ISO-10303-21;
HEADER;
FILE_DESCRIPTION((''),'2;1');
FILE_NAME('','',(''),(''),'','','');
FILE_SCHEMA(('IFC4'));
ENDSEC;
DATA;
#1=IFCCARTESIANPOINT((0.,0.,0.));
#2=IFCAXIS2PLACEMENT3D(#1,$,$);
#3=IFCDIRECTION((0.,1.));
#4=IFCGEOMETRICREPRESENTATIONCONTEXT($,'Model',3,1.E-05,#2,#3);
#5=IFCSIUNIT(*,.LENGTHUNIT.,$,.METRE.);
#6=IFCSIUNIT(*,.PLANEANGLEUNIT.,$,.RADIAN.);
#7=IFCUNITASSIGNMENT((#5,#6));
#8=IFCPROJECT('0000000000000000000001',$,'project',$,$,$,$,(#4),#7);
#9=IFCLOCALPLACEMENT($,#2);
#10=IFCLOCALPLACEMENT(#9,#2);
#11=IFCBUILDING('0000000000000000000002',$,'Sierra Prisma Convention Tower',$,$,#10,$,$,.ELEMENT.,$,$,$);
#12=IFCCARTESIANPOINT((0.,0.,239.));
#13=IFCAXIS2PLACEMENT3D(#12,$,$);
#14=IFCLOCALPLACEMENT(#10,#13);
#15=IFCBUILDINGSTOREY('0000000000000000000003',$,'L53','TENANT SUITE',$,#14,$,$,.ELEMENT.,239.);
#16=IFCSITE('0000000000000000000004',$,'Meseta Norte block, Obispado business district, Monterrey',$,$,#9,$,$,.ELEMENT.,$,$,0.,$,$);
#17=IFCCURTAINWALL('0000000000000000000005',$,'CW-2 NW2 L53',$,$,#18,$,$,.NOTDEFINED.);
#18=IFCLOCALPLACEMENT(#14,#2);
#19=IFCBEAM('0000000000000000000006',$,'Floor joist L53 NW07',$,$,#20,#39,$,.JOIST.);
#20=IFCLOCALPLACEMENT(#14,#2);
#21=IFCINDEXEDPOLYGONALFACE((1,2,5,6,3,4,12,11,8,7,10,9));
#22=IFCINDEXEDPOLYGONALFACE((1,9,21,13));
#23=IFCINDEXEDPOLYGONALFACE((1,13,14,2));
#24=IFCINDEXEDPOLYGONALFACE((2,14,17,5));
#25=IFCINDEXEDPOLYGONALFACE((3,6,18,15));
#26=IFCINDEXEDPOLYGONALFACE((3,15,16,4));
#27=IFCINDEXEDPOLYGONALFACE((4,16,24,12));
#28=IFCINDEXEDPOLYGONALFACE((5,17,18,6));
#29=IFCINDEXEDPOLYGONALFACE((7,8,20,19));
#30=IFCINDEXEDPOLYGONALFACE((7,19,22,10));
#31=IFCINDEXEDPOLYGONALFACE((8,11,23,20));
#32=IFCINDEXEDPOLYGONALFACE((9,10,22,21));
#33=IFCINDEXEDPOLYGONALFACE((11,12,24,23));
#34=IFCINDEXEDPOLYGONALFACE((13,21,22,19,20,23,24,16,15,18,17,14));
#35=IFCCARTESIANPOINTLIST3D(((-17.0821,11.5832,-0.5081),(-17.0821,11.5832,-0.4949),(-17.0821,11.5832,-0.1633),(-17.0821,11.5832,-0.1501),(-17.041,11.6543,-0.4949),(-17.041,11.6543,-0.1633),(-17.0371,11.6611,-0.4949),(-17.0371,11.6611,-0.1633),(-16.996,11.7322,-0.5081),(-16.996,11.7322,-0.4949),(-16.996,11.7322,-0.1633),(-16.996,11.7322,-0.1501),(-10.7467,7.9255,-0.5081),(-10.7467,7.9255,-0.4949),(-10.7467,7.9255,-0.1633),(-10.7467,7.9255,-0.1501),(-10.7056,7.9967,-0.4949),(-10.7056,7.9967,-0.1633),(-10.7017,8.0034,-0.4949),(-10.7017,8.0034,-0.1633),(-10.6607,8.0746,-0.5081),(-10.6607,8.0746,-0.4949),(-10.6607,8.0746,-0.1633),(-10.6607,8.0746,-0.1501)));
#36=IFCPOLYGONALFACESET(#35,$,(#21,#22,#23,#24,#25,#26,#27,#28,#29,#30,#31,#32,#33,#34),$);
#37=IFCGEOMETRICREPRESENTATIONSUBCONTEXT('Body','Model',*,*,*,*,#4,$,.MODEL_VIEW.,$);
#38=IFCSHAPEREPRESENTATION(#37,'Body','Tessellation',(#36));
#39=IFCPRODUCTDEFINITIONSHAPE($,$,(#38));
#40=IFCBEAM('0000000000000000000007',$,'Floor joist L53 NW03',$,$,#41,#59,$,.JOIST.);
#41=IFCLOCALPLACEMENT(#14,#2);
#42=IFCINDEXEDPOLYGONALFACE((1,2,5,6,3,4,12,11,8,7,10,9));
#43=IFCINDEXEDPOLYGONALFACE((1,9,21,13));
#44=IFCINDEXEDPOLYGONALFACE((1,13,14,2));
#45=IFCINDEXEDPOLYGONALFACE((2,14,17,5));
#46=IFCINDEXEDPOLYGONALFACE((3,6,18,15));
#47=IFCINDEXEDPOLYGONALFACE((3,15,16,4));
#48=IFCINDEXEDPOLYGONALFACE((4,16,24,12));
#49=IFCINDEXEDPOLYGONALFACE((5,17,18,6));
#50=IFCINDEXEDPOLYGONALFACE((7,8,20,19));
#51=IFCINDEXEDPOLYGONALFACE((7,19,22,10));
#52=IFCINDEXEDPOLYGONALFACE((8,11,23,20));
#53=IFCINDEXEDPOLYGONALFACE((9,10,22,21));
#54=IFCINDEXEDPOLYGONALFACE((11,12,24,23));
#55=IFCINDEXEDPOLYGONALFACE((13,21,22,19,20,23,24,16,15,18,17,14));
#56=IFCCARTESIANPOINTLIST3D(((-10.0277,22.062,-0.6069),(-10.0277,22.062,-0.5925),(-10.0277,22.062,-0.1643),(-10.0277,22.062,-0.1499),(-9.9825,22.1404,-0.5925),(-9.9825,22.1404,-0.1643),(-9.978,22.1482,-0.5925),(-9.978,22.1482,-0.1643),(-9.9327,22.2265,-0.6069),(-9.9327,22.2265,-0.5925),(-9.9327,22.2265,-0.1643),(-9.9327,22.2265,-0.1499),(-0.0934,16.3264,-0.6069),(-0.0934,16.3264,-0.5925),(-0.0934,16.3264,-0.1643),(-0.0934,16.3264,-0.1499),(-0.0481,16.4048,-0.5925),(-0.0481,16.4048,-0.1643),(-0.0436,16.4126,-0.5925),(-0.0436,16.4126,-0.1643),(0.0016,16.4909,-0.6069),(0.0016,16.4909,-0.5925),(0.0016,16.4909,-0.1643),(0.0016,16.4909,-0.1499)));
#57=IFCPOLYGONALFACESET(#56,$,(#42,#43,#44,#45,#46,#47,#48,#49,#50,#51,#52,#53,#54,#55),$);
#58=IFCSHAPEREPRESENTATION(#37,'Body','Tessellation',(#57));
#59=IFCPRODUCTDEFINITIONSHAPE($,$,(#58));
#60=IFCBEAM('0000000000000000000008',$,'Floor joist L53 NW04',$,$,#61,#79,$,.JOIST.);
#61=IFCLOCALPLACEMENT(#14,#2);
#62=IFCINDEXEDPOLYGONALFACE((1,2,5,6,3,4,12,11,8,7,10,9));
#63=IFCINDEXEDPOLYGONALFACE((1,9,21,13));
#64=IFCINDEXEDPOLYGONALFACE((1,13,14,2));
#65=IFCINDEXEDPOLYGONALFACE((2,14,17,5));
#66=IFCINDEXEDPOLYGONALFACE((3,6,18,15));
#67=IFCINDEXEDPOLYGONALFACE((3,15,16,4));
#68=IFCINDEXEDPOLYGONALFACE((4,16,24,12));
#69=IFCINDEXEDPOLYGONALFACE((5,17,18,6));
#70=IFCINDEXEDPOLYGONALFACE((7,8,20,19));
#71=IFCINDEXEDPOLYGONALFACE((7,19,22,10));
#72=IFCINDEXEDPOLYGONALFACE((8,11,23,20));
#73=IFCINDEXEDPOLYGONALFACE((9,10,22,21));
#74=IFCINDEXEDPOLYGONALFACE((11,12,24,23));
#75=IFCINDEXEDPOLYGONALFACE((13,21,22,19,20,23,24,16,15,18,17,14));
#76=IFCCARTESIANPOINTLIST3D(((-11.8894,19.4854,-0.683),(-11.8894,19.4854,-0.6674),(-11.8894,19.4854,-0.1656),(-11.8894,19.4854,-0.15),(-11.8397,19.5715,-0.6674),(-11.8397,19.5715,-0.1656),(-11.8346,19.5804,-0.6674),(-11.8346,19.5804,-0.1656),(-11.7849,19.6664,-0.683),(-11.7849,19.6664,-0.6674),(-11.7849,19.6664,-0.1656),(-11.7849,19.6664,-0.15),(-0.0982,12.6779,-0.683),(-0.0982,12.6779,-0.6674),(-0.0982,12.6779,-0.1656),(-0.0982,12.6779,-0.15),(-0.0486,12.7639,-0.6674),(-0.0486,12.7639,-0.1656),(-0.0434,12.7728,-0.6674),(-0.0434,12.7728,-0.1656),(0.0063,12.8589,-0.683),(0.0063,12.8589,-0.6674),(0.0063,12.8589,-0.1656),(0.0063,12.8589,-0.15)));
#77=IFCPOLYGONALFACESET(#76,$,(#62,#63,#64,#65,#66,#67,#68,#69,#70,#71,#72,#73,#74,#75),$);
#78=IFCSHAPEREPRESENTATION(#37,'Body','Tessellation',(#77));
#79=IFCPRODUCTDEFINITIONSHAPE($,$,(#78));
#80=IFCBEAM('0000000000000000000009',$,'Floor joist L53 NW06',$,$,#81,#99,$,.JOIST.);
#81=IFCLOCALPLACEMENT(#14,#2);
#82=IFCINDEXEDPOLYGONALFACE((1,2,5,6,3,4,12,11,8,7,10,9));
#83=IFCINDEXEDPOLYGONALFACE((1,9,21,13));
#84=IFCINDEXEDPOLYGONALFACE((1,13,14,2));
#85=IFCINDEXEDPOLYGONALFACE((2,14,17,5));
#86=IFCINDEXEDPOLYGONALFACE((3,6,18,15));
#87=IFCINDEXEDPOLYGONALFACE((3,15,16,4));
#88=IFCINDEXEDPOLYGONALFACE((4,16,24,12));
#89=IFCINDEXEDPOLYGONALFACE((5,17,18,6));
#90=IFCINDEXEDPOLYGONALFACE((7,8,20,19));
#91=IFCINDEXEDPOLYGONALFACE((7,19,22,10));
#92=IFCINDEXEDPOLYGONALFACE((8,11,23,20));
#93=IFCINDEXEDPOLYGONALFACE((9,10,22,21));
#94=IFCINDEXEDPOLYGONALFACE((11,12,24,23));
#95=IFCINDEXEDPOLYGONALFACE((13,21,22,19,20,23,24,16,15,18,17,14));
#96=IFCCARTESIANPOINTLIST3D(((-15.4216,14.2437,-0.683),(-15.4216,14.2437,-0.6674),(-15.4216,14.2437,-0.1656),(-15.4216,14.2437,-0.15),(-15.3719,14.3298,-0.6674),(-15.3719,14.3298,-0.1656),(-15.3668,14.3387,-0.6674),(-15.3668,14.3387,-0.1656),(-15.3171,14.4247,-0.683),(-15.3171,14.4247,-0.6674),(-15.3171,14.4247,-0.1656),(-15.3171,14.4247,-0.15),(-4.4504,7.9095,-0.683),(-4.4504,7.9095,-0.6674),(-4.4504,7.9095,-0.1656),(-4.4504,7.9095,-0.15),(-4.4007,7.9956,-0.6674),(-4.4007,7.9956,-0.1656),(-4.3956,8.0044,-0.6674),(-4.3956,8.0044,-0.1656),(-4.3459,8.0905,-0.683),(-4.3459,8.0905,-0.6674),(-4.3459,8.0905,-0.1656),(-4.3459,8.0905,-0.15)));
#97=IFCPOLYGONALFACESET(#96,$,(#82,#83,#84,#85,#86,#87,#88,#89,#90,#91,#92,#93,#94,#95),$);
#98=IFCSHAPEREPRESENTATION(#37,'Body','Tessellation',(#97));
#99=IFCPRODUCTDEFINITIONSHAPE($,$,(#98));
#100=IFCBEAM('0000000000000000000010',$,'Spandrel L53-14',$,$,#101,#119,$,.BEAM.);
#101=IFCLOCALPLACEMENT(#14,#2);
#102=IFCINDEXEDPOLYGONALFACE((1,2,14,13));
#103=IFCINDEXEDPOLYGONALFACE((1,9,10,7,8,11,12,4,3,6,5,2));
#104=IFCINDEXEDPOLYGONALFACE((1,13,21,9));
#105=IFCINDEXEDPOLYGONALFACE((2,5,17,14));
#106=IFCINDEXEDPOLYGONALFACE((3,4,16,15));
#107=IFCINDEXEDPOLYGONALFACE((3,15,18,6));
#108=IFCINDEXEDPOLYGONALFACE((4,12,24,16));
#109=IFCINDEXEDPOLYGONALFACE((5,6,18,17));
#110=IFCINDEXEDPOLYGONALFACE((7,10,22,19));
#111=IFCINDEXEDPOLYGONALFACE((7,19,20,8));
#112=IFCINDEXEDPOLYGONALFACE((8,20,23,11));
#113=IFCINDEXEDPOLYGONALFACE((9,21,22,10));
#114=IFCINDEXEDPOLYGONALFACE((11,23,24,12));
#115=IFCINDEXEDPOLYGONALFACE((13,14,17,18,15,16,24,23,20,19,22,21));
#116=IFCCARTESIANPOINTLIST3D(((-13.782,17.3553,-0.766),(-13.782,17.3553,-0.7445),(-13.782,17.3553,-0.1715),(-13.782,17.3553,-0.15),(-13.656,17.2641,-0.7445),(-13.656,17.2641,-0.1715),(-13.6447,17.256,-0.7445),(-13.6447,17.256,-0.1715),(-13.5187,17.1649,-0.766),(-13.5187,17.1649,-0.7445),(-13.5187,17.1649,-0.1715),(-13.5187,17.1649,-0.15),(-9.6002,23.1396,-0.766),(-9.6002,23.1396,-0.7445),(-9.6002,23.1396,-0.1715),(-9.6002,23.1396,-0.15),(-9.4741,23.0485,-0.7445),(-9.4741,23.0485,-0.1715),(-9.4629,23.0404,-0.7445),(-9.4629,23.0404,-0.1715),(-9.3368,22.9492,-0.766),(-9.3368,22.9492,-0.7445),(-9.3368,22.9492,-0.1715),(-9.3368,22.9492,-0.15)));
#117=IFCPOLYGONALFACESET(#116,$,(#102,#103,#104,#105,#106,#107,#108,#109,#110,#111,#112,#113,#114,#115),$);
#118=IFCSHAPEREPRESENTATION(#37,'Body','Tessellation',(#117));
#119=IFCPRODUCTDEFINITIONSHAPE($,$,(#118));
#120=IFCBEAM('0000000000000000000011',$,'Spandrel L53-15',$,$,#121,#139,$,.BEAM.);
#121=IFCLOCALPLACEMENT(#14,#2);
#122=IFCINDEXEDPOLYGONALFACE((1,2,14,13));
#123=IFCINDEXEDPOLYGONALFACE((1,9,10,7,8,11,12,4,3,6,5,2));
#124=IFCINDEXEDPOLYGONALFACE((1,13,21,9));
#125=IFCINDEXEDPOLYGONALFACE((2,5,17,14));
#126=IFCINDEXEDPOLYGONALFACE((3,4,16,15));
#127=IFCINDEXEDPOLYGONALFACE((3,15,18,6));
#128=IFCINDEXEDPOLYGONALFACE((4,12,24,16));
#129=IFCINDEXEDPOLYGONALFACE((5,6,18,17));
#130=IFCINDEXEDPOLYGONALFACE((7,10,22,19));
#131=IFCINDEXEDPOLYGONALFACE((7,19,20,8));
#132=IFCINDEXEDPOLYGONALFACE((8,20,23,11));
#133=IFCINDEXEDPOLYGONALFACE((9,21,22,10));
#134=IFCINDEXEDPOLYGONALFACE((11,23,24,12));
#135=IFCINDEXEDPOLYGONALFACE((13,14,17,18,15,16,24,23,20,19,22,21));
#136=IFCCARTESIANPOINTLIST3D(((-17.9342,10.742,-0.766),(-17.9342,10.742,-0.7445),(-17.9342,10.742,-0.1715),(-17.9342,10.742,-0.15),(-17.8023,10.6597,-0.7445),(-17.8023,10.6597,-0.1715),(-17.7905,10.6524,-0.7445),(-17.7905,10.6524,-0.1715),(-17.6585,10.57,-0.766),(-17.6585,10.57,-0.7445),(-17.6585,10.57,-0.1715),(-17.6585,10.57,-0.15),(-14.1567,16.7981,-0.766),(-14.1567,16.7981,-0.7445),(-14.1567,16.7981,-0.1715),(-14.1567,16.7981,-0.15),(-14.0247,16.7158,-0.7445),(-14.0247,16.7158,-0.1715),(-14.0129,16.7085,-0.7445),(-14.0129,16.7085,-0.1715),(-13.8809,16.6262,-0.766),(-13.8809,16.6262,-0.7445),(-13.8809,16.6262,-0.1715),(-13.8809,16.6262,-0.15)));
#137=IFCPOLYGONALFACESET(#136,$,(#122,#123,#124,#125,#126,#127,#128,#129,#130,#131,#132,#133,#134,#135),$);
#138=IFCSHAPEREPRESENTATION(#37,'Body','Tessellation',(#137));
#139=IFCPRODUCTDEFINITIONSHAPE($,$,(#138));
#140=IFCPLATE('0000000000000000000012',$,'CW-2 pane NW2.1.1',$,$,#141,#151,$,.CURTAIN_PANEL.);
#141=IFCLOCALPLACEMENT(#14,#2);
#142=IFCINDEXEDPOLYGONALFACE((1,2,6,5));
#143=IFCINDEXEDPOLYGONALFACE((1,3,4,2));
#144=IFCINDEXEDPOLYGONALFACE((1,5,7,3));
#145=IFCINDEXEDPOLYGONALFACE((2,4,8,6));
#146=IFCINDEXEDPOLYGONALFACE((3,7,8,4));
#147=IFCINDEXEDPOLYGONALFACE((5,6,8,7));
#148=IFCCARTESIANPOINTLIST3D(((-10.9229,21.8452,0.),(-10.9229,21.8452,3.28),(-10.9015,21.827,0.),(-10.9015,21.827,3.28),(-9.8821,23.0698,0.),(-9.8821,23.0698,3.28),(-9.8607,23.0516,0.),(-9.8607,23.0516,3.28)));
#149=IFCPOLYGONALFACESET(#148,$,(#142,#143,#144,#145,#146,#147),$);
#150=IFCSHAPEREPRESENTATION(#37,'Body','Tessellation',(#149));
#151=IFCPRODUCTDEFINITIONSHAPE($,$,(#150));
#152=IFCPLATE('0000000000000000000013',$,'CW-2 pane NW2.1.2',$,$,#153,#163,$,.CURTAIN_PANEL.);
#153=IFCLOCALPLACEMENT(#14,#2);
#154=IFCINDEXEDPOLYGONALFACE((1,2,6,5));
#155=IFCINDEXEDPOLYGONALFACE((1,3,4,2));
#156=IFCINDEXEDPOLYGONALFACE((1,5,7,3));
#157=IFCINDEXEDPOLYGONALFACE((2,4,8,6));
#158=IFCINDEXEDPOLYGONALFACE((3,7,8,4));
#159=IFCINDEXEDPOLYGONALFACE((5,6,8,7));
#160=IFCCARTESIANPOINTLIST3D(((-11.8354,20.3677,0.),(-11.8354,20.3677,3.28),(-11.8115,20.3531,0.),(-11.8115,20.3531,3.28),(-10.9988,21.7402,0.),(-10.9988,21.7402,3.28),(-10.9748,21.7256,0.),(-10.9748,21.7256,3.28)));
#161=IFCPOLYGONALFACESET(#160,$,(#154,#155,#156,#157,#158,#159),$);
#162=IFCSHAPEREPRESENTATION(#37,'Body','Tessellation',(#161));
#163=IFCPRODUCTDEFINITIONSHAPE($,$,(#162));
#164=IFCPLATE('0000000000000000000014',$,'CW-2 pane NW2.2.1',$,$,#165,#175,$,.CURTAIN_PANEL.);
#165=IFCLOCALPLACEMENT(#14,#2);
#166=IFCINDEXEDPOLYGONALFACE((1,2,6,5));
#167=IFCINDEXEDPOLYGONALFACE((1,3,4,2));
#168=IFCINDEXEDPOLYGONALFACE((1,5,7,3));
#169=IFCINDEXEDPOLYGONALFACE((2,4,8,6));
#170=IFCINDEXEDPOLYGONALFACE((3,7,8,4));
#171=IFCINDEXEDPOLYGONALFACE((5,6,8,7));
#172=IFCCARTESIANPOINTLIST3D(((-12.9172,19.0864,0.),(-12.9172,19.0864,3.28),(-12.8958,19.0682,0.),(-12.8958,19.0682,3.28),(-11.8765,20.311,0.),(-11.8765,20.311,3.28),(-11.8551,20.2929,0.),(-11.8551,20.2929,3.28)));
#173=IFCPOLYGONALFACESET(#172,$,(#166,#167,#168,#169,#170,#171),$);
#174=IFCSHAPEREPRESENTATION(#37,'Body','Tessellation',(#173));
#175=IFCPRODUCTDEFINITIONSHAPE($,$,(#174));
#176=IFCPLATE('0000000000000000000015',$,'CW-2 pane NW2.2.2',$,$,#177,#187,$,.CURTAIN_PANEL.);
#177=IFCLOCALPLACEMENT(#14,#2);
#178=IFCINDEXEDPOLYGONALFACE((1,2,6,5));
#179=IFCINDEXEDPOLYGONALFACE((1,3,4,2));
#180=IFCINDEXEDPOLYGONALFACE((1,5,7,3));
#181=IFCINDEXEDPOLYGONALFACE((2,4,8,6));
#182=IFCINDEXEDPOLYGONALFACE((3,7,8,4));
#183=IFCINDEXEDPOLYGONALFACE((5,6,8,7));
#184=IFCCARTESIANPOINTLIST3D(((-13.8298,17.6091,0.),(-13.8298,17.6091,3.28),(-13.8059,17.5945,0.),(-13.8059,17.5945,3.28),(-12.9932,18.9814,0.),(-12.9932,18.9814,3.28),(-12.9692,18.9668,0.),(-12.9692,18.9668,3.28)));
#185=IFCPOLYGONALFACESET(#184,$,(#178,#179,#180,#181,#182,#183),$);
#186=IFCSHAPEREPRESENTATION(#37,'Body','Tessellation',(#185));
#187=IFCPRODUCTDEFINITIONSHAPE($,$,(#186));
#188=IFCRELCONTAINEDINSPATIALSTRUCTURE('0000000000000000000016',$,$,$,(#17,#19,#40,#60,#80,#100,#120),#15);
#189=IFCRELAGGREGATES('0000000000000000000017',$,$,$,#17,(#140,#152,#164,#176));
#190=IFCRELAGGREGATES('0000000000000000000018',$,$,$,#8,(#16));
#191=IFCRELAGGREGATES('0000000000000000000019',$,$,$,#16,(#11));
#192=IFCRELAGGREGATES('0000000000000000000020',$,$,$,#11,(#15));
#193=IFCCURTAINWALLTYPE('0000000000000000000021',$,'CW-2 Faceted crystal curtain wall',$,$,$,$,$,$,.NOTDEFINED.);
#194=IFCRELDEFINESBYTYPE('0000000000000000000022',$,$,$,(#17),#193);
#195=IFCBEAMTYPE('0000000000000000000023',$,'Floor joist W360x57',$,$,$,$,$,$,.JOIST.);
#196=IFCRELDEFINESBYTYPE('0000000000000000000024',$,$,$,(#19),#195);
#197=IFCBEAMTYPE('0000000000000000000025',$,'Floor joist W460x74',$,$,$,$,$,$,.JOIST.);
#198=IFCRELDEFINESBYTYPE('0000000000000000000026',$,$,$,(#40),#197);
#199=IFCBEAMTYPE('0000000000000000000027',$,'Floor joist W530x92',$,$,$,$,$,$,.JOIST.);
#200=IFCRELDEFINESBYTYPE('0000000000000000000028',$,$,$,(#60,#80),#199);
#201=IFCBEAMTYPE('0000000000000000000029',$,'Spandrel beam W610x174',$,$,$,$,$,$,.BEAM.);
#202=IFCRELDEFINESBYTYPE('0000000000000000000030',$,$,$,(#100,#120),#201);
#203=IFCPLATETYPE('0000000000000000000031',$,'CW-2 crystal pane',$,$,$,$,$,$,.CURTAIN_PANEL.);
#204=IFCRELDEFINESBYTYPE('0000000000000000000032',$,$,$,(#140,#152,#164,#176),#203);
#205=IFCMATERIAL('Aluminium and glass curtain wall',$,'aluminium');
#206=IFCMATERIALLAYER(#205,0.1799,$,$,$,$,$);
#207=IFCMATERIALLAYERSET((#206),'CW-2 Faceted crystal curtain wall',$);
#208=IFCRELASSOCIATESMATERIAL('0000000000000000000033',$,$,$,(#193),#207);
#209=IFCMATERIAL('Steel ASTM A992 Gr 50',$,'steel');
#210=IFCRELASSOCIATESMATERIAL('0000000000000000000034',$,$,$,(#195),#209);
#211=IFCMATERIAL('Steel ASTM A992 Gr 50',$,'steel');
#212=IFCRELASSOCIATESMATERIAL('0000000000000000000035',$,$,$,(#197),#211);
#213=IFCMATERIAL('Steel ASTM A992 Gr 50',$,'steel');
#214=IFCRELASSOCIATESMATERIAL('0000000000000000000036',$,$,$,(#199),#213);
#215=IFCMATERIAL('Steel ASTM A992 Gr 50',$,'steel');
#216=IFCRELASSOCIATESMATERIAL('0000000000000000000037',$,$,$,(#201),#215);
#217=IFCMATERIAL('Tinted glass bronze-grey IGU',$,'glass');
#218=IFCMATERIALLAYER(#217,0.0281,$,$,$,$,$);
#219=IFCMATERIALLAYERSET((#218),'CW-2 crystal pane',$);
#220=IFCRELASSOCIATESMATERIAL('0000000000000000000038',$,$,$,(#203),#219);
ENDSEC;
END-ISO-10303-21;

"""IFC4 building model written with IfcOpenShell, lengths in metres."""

from ifc_helpers import new_model, si_unit, direction, frame, origin, origin_2d, place, context, subcontext, project, spatial, polyline, i_section, outline, extrude, material, layer, layer_set, material_profile, profile_set, type_object, element, aggregate, save


model = new_model("IFC4")

# Units and contexts
model_context = context("Model", 3, precision=1e-05, world=origin(), true_north=direction((0.0, 1.0)))
body_context = subcontext(model_context, "Body", "Model", "MODEL_VIEW")
ifc_project = project(units=[si_unit("LENGTHUNIT", "METRE"), si_unit("PLANEANGLEUNIT", "RADIAN")], contexts=[model_context])

# Site, building, storey
site_placement = place(None, origin())
site = spatial("IfcSite", under=ifc_project, at=site_placement, Name="Meseta Norte block, Obispado business district, Monterrey", CompositionType="ELEMENT", RefElevation=0.0)
building_placement = place(site_placement, origin())
building = spatial("IfcBuilding", under=site, at=building_placement, Name="Sierra Prisma Convention Tower", CompositionType="ELEMENT")
storey_placement = place(building_placement, frame((0.0, 0.0, 239.0)))
storey = spatial("IfcBuildingStorey", under=building, at=storey_placement, Name="L53", Description="TENANT SUITE", CompositionType="ELEMENT", Elevation=239.0)

# Curtain wall
ifc_material_1 = material(Name="Aluminium and glass curtain wall", Category="aluminium")
ifc_layer_1 = layer(ifc_material_1, 0.1799)
ifc_layer_set_1 = layer_set([ifc_layer_1], Name="CW-2 Faceted crystal curtain wall")
curtain_wall_type = type_object("IfcCurtainWallType", Name="CW-2 Faceted crystal curtain wall", PredefinedType="NOTDEFINED", material=ifc_layer_set_1)
curtain_wall_1_placement = place(storey_placement, origin())
curtain_wall_1 = element("IfcCurtainWall", 1, at=curtain_wall_1_placement, inside=storey, type_object=curtain_wall_type, Name="CW-2 NW2 L53", PredefinedType="NOTDEFINED")

# Beams
ifc_material_2 = material(Name="Steel ASTM A992 Gr 50", Category="steel")
ifc_material_profile_1 = material_profile(ifc_material_2, i_section(OverallWidth=0.1721, OverallDepth=0.3579, WebThickness=0.0078, FlangeThickness=0.0132, at=origin_2d()), Name="W360x57")
ifc_profile_set_1 = profile_set([ifc_material_profile_1], Name="Steel ASTM A992 Gr 50")
beam_type_1 = type_object("IfcBeamType", Name="Floor joist W360x57", PredefinedType="JOIST", material=ifc_profile_set_1)
beam_1_placement = place(storey_placement, frame((-17.0391, 11.6577, -0.3291), z_axis=(0.866029, -0.499994, 0.0), x_axis=(0.499994, 0.866029, 0.0)))
element("IfcBeam", 2, at=beam_1_placement, inside=storey, type_object=beam_type_1, Name="Floor joist L53 NW07", PredefinedType="JOIST", context=body_context, shape_type="SweptSolid", body=[
    extrude(i_section(OverallWidth=0.1721, OverallDepth=0.3579, WebThickness=0.0078, FlangeThickness=0.0132, at=origin_2d()), origin(), (0.0, 0.0, 1.0), 7.3154),
])
ifc_material_3 = material(Name="Steel ASTM A992 Gr 50", Category="steel")
ifc_material_profile_2 = material_profile(ifc_material_3, i_section(OverallWidth=0.1899, OverallDepth=0.457, WebThickness=0.009, FlangeThickness=0.0144, at=origin_2d()), Name="W460x74")
ifc_profile_set_2 = profile_set([ifc_material_profile_2], Name="Steel ASTM A992 Gr 50")
beam_type_2 = type_object("IfcBeamType", Name="Floor joist W460x74", PredefinedType="JOIST", material=ifc_profile_set_2)
beam_2_placement = place(storey_placement, frame((-9.9802, 22.1443, -0.3784), z_axis=(0.866025, -0.500001, 0.0), x_axis=(0.500001, 0.866025, 0.0)))
element("IfcBeam", 3, at=beam_2_placement, inside=storey, type_object=beam_type_2, Name="Floor joist L53 NW03", PredefinedType="JOIST", context=body_context, shape_type="SweptSolid", body=[
    extrude(i_section(OverallWidth=0.1899, OverallDepth=0.457, WebThickness=0.009, FlangeThickness=0.0144, at=origin_2d()), origin(), (0.0, 0.0, 1.0), 11.4712),
])
ifc_material_4 = material(Name="Steel ASTM A992 Gr 50", Category="steel")
ifc_material_profile_3 = material_profile(ifc_material_4, i_section(OverallWidth=0.209, OverallDepth=0.533, WebThickness=0.0103, FlangeThickness=0.0156, at=origin_2d()), Name="W530x92")
ifc_profile_set_3 = profile_set([ifc_material_profile_3], Name="Steel ASTM A992 Gr 50")
beam_type_3 = type_object("IfcBeamType", Name="Floor joist W530x92", PredefinedType="JOIST", material=ifc_profile_set_3)
beam_3_placement = place(storey_placement, frame((-11.8372, 19.5759, -0.4165), z_axis=(0.866028, -0.499996, 0.0), x_axis=(0.499996, 0.866028, 0.0)))
element("IfcBeam", 4, at=beam_3_placement, inside=storey, type_object=beam_type_3, Name="Floor joist L53 NW04", PredefinedType="JOIST", context=body_context, shape_type="SweptSolid", body=[
    extrude(i_section(OverallWidth=0.209, OverallDepth=0.533, WebThickness=0.0103, FlangeThickness=0.0156, at=origin_2d()), origin(), (0.0, 0.0, 1.0), 13.6152),
])
beam_4_placement = place(storey_placement, frame((-15.3694, 14.3342, -0.4165), z_axis=(0.866025, -0.5, 0.0), x_axis=(0.5, 0.866025, 0.0)))
element("IfcBeam", 5, at=beam_4_placement, inside=storey, type_object=beam_type_3, Name="Floor joist L53 NW06", PredefinedType="JOIST", context=body_context, shape_type="SweptSolid", body=[
    extrude(i_section(OverallWidth=0.209, OverallDepth=0.533, WebThickness=0.0103, FlangeThickness=0.0156, at=origin_2d()), origin(), (0.0, 0.0, 1.0), 12.6685),
])
ifc_material_5 = material(Name="Steel ASTM A992 Gr 50", Category="steel")
ifc_material_profile_4 = material_profile(ifc_material_5, i_section(OverallWidth=0.325, OverallDepth=0.616, WebThickness=0.0139, FlangeThickness=0.0215, at=origin_2d()), Name="W610x174")
ifc_profile_set_4 = profile_set([ifc_material_profile_4], Name="Steel ASTM A992 Gr 50")
beam_type_4 = type_object("IfcBeamType", Name="Spandrel beam W610x174", PredefinedType="BEAM", material=ifc_profile_set_4)
for number, where, z_axis, x_axis, name in (
    (6, (-9.4685, 23.0444, -0.458), (-0.585881, -0.810397, 0.0), (0.810397, -0.585881, 0.0), "Spandrel L53-14"),
    (7, (-14.0188, 16.7122, -0.458), (-0.529242, -0.848471, 0.0), (0.848471, -0.529242, 0.0), "Spandrel L53-15"),
):
    element("IfcBeam", number, at=place(storey_placement, frame(where, z_axis=z_axis, x_axis=x_axis)), inside=storey, type_object=beam_type_4, Name=name, PredefinedType="BEAM", context=body_context, shape_type="SweptSolid", body=[
        extrude(i_section(OverallWidth=0.325, OverallDepth=0.616, WebThickness=0.0139, FlangeThickness=0.0215, at=origin_2d()), origin(), (0.0, 0.0, 1.0), 7.1377),
    ])

# Plates
ifc_material_6 = material(Name="Tinted glass bronze-grey IGU", Category="glass")
ifc_layer_2 = layer(ifc_material_6, 0.0281)
ifc_layer_set_2 = layer_set([ifc_layer_2], Name="CW-2 crystal pane")
plate_type = type_object("IfcPlateType", Name="CW-2 crystal pane", PredefinedType="CURTAIN_PANEL", material=ifc_layer_set_2)
plate_1_placement = place(storey_placement, frame((-9.8821, 23.0698, 0.0), z_axis=(-0.761984, 0.647596, 0.0), x_axis=(-0.647596, -0.761984, 0.0)))
plate_1 = element("IfcPlate", 8, at=plate_1_placement, type_object=plate_type, Name="CW-2 pane NW2.1.1", PredefinedType="CURTAIN_PANEL", context=body_context, shape_type="SweptSolid", body=[
    extrude(outline(polyline([(0.0, 0.0), (1.6071, 0.0), (1.6071, 3.28), (0.0, 3.28), (0.0, 0.0)])), origin(), (0.0, 0.0, -1.0), 0.0281),
])
plate_2_placement = place(storey_placement, frame((-11.8354, 20.3677, 0.0), z_axis=(-0.853867, 0.520491, 0.0), x_axis=(0.520491, 0.853867, 0.0)))
plate_2 = element("IfcPlate", 9, at=plate_2_placement, type_object=plate_type, Name="CW-2 pane NW2.1.2", PredefinedType="CURTAIN_PANEL", context=body_context, shape_type="SweptSolid", body=[
    extrude(outline(polyline([(0.0, 0.0), (1.6075, 0.0), (1.6075, -3.28), (0.0, -3.28), (0.0, 0.0)])), origin(), (0.0, 0.0, -1.0), 0.0281),
])
plate_3_placement = place(storey_placement, frame((-11.8765, 20.311, 0.0), z_axis=(-0.761984, 0.647596, 0.0), x_axis=(-0.647596, -0.761984, 0.0)))
plate_3 = element("IfcPlate", 10, at=plate_3_placement, type_object=plate_type, Name="CW-2 pane NW2.2.1", PredefinedType="CURTAIN_PANEL", context=body_context, shape_type="SweptSolid", body=[
    extrude(outline(polyline([(0.0, 0.0), (1.6071, 0.0), (1.6071, 3.28), (0.0, 3.28), (0.0, 0.0)])), origin(), (0.0, 0.0, -1.0), 0.0281),
])
plate_4_placement = place(storey_placement, frame((-13.8298, 17.6091, 0.0), z_axis=(-0.853826, 0.520559, 0.0), x_axis=(0.520559, 0.853826, 0.0)))
plate_4 = element("IfcPlate", 11, at=plate_4_placement, type_object=plate_type, Name="CW-2 pane NW2.2.2", PredefinedType="CURTAIN_PANEL", context=body_context, shape_type="SweptSolid", body=[
    extrude(outline(polyline([(0.0, 0.0), (1.6073, 0.0), (1.6073, -3.28), (0.0, -3.28), (0.0, 0.0)])), origin(), (0.0, 0.0, -1.0), 0.0281),
])
aggregate(curtain_wall_1, [plate_1, plate_2, plate_3, plate_4])

save(model, "model.ifc")
